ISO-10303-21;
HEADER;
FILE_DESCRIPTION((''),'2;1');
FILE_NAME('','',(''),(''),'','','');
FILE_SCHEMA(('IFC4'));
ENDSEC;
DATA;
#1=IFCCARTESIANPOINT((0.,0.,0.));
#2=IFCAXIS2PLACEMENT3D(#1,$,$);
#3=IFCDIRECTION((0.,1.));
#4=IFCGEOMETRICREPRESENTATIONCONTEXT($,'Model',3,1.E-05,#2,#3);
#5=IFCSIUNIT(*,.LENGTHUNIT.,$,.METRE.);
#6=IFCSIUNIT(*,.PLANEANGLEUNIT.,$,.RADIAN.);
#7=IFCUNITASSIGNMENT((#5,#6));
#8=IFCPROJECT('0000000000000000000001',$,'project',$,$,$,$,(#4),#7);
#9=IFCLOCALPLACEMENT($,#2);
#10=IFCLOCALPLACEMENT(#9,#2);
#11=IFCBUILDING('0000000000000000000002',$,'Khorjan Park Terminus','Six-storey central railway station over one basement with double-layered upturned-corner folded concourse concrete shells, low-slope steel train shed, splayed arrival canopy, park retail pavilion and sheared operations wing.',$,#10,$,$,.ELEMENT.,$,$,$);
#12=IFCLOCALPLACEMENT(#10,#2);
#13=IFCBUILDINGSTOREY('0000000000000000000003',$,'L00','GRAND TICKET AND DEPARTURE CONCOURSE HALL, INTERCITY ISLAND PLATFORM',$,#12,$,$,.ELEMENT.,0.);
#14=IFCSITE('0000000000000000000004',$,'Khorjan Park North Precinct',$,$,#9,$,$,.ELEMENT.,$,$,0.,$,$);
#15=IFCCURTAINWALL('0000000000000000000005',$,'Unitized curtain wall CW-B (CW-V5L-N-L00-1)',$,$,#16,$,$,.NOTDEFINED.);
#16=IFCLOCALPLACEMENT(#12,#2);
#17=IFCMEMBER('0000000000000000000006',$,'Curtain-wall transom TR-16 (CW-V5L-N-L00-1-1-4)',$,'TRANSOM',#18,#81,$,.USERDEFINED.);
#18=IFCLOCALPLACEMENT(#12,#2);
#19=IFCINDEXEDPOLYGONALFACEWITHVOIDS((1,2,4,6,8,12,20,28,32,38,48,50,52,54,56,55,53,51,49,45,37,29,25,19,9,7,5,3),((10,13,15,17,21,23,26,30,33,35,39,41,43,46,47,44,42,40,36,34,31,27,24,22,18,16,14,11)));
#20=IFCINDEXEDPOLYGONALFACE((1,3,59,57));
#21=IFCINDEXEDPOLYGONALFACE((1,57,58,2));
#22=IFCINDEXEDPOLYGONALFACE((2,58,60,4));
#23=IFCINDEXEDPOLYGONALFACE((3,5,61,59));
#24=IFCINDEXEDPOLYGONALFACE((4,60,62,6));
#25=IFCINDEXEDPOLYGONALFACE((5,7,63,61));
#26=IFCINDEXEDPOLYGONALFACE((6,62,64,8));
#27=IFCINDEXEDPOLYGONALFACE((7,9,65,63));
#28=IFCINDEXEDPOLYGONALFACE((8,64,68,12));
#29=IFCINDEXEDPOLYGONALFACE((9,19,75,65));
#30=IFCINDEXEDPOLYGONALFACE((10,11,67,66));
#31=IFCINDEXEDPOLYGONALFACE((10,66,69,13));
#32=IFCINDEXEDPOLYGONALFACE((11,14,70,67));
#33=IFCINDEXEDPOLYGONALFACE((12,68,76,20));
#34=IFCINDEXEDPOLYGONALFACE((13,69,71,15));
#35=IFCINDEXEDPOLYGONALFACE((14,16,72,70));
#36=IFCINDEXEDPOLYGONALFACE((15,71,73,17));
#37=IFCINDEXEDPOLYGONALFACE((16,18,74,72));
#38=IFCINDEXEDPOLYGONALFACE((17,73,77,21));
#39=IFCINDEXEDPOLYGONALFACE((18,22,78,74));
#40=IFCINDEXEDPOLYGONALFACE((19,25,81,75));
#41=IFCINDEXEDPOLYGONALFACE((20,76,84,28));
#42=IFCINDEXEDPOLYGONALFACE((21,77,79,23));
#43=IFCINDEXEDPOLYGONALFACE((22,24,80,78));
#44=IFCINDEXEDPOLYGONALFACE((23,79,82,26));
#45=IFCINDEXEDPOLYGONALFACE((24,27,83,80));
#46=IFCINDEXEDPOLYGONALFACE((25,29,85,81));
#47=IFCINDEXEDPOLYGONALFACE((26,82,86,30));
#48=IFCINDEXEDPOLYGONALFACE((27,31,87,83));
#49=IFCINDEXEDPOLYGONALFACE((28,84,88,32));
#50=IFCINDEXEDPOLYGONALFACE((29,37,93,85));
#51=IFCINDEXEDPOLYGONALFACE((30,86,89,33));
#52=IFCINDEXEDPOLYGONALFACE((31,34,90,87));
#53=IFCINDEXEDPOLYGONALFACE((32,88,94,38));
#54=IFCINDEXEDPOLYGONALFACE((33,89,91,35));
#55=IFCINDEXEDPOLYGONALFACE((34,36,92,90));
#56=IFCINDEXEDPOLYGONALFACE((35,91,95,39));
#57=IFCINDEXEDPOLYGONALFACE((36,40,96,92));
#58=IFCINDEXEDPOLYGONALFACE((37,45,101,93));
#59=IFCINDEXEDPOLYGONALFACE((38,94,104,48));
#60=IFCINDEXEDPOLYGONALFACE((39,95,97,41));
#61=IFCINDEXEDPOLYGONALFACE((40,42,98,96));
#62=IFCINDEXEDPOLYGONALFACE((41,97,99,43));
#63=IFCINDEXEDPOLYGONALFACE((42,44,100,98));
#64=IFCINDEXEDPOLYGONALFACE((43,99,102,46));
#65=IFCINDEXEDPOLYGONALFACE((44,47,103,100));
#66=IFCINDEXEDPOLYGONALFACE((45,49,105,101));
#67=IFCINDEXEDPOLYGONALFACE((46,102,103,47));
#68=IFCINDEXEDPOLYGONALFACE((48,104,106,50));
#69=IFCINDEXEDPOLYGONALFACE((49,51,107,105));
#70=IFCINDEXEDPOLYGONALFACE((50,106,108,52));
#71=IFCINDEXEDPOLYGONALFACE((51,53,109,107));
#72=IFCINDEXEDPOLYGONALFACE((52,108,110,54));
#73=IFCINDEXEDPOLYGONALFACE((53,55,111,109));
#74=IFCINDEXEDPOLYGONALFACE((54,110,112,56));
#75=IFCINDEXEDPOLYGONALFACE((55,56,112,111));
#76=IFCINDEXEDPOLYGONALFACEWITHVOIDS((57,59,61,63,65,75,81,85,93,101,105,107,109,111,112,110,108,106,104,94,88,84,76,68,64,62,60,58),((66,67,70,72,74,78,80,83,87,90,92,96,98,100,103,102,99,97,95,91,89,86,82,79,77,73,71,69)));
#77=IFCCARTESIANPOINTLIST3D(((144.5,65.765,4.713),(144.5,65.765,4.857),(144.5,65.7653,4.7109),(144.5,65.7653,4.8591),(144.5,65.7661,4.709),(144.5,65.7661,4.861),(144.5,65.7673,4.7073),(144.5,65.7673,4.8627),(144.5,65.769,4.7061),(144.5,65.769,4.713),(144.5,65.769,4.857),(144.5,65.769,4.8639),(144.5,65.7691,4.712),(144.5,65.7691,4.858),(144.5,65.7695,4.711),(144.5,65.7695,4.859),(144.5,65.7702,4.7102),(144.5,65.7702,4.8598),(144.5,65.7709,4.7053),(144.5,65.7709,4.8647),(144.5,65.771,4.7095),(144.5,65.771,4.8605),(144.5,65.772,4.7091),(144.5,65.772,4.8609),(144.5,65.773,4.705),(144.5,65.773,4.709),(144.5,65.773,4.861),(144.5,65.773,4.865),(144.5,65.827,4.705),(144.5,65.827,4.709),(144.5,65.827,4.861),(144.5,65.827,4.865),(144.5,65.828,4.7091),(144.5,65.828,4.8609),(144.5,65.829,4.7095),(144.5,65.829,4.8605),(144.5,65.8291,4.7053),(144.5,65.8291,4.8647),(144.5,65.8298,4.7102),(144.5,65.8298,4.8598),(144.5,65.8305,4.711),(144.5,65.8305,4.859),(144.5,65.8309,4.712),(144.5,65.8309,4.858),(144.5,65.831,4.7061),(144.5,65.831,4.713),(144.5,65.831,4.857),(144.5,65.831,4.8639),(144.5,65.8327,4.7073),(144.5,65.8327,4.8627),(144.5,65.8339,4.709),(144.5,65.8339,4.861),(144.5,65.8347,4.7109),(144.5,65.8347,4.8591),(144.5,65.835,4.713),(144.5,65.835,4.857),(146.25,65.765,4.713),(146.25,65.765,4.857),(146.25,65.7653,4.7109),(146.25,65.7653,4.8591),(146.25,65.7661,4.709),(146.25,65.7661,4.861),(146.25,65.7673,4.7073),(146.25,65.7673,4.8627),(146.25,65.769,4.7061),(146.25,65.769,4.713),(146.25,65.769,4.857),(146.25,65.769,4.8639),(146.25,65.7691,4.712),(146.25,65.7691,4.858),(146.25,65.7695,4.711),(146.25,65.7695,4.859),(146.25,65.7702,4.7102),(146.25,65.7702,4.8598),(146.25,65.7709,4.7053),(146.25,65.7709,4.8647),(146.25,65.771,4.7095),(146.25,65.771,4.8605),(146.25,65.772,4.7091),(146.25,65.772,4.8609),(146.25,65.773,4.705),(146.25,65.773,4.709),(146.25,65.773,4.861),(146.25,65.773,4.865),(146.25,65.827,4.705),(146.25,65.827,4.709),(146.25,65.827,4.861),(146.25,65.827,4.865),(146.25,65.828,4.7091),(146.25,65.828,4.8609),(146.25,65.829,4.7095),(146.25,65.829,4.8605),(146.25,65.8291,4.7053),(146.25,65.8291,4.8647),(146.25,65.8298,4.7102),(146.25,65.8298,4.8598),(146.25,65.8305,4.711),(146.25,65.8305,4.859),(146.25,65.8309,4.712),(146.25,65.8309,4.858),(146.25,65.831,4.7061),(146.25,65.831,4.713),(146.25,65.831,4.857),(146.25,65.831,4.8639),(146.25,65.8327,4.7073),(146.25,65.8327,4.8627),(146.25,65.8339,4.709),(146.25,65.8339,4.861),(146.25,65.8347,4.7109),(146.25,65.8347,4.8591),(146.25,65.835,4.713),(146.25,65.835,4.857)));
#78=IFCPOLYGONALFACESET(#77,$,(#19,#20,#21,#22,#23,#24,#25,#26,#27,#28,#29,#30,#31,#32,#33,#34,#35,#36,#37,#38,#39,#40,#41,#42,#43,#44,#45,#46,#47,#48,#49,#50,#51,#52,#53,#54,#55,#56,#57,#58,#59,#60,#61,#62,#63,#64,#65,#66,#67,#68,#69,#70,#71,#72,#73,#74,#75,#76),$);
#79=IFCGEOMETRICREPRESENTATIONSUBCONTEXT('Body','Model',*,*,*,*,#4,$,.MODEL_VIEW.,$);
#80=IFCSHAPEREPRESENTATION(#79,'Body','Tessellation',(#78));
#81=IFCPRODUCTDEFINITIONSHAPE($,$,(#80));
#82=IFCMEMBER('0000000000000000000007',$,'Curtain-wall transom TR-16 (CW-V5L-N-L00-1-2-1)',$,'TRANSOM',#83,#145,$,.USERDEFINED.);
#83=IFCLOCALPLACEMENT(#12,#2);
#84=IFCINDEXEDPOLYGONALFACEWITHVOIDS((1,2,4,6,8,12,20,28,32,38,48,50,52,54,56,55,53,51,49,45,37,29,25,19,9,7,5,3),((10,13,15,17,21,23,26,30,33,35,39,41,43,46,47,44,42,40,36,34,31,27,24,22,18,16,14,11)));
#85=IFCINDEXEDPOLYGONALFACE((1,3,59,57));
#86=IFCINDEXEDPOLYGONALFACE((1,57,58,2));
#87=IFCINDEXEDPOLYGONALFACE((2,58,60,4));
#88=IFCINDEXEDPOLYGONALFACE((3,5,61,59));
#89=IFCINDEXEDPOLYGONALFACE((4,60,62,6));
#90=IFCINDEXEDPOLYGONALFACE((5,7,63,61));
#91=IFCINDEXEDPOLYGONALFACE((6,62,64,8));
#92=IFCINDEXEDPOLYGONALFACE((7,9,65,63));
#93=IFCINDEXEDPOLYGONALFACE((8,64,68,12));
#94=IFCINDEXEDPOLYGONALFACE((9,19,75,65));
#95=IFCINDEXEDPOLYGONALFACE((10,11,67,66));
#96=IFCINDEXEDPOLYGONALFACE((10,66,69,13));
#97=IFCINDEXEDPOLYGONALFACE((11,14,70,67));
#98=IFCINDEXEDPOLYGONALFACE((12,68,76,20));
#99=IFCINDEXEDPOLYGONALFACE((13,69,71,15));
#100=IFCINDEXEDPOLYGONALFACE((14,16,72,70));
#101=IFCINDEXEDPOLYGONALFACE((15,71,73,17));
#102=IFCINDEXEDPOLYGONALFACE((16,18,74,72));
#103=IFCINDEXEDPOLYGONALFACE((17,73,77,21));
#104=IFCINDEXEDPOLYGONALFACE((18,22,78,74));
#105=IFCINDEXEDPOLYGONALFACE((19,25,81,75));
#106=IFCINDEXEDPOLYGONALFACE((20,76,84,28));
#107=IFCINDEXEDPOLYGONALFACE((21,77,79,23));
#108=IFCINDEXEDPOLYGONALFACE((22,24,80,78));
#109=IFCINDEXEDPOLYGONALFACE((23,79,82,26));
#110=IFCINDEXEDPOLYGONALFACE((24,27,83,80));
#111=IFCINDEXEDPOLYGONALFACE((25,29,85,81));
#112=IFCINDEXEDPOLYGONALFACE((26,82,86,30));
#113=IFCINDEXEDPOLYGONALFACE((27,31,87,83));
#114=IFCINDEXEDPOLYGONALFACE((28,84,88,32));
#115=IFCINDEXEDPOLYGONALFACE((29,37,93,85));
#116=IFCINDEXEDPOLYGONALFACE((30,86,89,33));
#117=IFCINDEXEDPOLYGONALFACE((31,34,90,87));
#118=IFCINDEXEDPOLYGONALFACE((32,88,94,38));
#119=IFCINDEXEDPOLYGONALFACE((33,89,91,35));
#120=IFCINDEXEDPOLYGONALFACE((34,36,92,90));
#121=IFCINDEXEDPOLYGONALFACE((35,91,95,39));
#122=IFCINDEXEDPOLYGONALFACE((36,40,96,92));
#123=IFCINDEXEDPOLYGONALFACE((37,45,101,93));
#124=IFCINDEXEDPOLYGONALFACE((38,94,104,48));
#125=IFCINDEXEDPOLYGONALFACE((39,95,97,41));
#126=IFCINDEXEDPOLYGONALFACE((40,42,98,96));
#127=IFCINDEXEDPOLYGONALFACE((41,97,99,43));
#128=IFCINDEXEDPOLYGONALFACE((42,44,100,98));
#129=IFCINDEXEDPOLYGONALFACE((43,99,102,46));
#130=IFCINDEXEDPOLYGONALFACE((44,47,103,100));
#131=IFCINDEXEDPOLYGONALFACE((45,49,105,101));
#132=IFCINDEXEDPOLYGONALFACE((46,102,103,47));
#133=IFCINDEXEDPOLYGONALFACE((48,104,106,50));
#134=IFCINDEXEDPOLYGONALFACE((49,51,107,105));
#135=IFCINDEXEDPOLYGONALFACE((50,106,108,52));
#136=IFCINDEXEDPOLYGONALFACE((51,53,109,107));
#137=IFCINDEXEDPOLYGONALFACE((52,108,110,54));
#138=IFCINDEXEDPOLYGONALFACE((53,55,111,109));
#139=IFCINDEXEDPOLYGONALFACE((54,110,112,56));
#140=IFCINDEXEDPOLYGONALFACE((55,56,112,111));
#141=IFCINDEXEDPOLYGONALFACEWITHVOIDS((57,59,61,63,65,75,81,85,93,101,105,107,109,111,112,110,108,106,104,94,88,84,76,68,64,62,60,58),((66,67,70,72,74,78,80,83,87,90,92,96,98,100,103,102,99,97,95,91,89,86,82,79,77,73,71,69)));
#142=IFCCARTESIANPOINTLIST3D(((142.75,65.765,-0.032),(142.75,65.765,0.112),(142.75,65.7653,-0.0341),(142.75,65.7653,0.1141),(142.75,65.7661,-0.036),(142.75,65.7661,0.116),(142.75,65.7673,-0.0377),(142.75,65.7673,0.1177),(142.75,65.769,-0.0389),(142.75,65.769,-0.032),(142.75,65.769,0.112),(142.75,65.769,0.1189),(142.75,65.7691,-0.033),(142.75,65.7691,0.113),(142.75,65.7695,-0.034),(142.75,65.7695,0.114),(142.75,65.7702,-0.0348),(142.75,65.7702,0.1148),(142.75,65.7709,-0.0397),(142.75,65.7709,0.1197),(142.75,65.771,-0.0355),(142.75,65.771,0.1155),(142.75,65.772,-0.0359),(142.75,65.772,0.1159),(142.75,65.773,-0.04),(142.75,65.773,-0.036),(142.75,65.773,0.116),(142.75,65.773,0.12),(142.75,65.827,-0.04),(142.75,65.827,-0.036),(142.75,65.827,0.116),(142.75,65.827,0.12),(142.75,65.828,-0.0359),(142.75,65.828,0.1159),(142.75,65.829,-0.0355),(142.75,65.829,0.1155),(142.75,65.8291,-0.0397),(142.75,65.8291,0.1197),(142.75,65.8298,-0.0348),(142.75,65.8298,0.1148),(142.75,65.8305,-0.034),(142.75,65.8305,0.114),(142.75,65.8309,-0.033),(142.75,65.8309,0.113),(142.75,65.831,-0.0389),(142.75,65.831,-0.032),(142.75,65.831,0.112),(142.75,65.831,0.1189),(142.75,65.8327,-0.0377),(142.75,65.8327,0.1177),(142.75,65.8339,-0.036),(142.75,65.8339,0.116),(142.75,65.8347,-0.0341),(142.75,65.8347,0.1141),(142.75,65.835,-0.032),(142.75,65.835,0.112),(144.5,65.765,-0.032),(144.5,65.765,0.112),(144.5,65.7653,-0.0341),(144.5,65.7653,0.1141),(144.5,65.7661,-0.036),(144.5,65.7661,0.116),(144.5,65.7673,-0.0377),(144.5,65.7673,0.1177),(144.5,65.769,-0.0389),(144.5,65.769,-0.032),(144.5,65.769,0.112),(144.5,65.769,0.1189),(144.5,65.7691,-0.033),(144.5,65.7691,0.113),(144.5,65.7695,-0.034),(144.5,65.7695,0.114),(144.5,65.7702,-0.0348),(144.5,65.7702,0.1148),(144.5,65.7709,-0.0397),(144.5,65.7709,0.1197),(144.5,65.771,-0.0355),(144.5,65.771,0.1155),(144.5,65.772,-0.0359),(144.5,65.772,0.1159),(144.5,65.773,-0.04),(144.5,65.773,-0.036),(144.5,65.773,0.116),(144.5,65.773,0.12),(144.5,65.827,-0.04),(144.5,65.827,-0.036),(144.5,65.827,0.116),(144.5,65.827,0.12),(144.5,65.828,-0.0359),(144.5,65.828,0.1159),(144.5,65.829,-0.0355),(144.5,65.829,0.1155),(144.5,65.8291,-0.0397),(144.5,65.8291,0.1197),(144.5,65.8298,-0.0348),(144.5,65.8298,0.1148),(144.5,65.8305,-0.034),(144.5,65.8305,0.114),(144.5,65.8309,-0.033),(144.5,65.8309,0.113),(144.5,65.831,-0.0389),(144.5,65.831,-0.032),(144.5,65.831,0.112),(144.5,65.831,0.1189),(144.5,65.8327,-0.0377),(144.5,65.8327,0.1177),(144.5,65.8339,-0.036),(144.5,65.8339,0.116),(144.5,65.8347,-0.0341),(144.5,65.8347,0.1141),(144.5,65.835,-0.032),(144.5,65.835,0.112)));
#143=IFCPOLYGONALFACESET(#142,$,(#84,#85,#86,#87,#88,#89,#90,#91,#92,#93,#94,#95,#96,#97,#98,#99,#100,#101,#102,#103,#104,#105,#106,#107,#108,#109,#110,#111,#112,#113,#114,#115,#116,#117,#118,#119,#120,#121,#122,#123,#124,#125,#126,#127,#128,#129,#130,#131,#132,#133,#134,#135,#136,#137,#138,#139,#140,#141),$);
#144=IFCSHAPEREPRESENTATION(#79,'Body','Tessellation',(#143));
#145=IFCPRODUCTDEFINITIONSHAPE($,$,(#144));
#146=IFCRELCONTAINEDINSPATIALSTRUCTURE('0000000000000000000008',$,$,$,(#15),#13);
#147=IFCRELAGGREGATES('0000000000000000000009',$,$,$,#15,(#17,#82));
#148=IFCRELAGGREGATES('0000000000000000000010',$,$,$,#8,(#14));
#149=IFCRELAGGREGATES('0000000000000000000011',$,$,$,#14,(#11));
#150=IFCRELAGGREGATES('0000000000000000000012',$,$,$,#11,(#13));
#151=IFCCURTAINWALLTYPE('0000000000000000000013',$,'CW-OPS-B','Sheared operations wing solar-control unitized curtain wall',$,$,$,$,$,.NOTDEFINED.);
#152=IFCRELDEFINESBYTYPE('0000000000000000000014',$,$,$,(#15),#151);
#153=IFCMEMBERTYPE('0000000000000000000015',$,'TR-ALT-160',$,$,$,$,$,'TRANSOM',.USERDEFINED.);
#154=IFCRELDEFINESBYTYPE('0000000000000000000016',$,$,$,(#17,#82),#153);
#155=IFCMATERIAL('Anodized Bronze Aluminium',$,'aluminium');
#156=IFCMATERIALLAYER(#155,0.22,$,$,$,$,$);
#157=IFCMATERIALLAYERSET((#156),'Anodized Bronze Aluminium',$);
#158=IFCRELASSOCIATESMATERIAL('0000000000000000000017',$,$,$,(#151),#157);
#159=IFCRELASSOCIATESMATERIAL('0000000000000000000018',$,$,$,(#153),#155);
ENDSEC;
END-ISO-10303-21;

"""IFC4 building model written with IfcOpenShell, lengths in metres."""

from ifc_helpers import new_model, si_unit, direction, frame, origin, origin_2d, place, context, subcontext, project, spatial, hollow_rectangle, extrude, material, layer, layer_set, material_profile, profile_set, type_object, element, aggregate, save


model = new_model("IFC4")

# Units and contexts
model_context = context("Model", 3, precision=1e-05, world=origin(), true_north=direction((0.0, 1.0)))
body_context = subcontext(model_context, "Body", "Model", "MODEL_VIEW")
ifc_project = project(units=[si_unit("LENGTHUNIT", "METRE"), si_unit("PLANEANGLEUNIT", "RADIAN")], contexts=[model_context])

# Site, building, storey
site_placement = place(None, origin())
site = spatial("IfcSite", under=ifc_project, at=site_placement, Name="Khorjan Park North Precinct", CompositionType="ELEMENT", RefElevation=0.0)
building_placement = place(site_placement, origin())
building = spatial("IfcBuilding", under=site, at=building_placement, Name="Khorjan Park Terminus", Description="Six-storey central railway station over one basement with double-layered upturned-corner folded concourse concrete shells, low-slope steel train shed, splayed arrival canopy, park retail pavilion and sheared operations wing.", CompositionType="ELEMENT")
storey_placement = place(building_placement, origin())
storey = spatial("IfcBuildingStorey", under=building, at=storey_placement, Name="L00", Description="GRAND TICKET AND DEPARTURE CONCOURSE HALL, INTERCITY ISLAND PLATFORM", CompositionType="ELEMENT", Elevation=0.0)

# Curtain wall, members
ifc_material_1 = material(Name="Anodized Bronze Aluminium", Category="aluminium")
ifc_layer_1 = layer(ifc_material_1, 0.22)
ifc_layer_set_1 = layer_set([ifc_layer_1], Name="Anodized Bronze Aluminium")
curtain_wall_type = type_object("IfcCurtainWallType", Name="CW-OPS-B", Description="Sheared operations wing solar-control unitized curtain wall", PredefinedType="NOTDEFINED", material=ifc_layer_set_1)
curtain_wall_placement = place(storey_placement, origin())
curtain_wall = element("IfcCurtainWall", 1, at=curtain_wall_placement, inside=storey, type_object=curtain_wall_type, Name="Unitized curtain wall CW-B (CW-V5L-N-L00-1)", PredefinedType="NOTDEFINED")
ifc_material_profile_1 = material_profile(ifc_material_1, hollow_rectangle(XDim=0.07, YDim=0.16, WallThickness=0.004, InnerFilletRadius=0.004, OuterFilletRadius=0.008, at=origin_2d()), Name="ALT 70x160x4")
ifc_profile_set_1 = profile_set([ifc_material_profile_1], Name="Anodized Bronze Aluminium")
member_type_1 = type_object("IfcMemberType", Name="TR-ALT-160", ElementType="TRANSOM", PredefinedType="USERDEFINED", material=ifc_profile_set_1)
member_1_placement = place(storey_placement, frame((146.25, 65.8, 4.785), z_axis=(-1.0, 0.0, 0.0), x_axis=(0.0, -1.0, 0.0)))
member_1 = element("IfcMember", 2, at=member_1_placement, type_object=member_type_1, Name="Curtain-wall transom TR-16 (CW-V5L-N-L00-1-1-4)", ObjectType="TRANSOM", PredefinedType="USERDEFINED", context=body_context, shape_type="SweptSolid", body=[
    extrude(hollow_rectangle(XDim=0.07, YDim=0.16, WallThickness=0.004, InnerFilletRadius=0.004, OuterFilletRadius=0.008, at=origin_2d()), origin(), (0.0, 0.0, 1.0), 1.75),
])
member_2_placement = place(storey_placement, frame((144.5, 65.8, 0.04), z_axis=(-1.0, 0.0, 0.0), x_axis=(0.0, -1.0, 0.0)))
member_2 = element("IfcMember", 3, at=member_2_placement, type_object=member_type_1, Name="Curtain-wall transom TR-16 (CW-V5L-N-L00-1-2-1)", ObjectType="TRANSOM", PredefinedType="USERDEFINED", context=body_context, shape_type="SweptSolid", body=[
    extrude(hollow_rectangle(XDim=0.07, YDim=0.16, WallThickness=0.004, InnerFilletRadius=0.004, OuterFilletRadius=0.008, at=origin_2d()), origin(), (0.0, 0.0, 1.0), 1.75),
])
aggregate(curtain_wall, [member_1, member_2])

save(model, "model.ifc")
